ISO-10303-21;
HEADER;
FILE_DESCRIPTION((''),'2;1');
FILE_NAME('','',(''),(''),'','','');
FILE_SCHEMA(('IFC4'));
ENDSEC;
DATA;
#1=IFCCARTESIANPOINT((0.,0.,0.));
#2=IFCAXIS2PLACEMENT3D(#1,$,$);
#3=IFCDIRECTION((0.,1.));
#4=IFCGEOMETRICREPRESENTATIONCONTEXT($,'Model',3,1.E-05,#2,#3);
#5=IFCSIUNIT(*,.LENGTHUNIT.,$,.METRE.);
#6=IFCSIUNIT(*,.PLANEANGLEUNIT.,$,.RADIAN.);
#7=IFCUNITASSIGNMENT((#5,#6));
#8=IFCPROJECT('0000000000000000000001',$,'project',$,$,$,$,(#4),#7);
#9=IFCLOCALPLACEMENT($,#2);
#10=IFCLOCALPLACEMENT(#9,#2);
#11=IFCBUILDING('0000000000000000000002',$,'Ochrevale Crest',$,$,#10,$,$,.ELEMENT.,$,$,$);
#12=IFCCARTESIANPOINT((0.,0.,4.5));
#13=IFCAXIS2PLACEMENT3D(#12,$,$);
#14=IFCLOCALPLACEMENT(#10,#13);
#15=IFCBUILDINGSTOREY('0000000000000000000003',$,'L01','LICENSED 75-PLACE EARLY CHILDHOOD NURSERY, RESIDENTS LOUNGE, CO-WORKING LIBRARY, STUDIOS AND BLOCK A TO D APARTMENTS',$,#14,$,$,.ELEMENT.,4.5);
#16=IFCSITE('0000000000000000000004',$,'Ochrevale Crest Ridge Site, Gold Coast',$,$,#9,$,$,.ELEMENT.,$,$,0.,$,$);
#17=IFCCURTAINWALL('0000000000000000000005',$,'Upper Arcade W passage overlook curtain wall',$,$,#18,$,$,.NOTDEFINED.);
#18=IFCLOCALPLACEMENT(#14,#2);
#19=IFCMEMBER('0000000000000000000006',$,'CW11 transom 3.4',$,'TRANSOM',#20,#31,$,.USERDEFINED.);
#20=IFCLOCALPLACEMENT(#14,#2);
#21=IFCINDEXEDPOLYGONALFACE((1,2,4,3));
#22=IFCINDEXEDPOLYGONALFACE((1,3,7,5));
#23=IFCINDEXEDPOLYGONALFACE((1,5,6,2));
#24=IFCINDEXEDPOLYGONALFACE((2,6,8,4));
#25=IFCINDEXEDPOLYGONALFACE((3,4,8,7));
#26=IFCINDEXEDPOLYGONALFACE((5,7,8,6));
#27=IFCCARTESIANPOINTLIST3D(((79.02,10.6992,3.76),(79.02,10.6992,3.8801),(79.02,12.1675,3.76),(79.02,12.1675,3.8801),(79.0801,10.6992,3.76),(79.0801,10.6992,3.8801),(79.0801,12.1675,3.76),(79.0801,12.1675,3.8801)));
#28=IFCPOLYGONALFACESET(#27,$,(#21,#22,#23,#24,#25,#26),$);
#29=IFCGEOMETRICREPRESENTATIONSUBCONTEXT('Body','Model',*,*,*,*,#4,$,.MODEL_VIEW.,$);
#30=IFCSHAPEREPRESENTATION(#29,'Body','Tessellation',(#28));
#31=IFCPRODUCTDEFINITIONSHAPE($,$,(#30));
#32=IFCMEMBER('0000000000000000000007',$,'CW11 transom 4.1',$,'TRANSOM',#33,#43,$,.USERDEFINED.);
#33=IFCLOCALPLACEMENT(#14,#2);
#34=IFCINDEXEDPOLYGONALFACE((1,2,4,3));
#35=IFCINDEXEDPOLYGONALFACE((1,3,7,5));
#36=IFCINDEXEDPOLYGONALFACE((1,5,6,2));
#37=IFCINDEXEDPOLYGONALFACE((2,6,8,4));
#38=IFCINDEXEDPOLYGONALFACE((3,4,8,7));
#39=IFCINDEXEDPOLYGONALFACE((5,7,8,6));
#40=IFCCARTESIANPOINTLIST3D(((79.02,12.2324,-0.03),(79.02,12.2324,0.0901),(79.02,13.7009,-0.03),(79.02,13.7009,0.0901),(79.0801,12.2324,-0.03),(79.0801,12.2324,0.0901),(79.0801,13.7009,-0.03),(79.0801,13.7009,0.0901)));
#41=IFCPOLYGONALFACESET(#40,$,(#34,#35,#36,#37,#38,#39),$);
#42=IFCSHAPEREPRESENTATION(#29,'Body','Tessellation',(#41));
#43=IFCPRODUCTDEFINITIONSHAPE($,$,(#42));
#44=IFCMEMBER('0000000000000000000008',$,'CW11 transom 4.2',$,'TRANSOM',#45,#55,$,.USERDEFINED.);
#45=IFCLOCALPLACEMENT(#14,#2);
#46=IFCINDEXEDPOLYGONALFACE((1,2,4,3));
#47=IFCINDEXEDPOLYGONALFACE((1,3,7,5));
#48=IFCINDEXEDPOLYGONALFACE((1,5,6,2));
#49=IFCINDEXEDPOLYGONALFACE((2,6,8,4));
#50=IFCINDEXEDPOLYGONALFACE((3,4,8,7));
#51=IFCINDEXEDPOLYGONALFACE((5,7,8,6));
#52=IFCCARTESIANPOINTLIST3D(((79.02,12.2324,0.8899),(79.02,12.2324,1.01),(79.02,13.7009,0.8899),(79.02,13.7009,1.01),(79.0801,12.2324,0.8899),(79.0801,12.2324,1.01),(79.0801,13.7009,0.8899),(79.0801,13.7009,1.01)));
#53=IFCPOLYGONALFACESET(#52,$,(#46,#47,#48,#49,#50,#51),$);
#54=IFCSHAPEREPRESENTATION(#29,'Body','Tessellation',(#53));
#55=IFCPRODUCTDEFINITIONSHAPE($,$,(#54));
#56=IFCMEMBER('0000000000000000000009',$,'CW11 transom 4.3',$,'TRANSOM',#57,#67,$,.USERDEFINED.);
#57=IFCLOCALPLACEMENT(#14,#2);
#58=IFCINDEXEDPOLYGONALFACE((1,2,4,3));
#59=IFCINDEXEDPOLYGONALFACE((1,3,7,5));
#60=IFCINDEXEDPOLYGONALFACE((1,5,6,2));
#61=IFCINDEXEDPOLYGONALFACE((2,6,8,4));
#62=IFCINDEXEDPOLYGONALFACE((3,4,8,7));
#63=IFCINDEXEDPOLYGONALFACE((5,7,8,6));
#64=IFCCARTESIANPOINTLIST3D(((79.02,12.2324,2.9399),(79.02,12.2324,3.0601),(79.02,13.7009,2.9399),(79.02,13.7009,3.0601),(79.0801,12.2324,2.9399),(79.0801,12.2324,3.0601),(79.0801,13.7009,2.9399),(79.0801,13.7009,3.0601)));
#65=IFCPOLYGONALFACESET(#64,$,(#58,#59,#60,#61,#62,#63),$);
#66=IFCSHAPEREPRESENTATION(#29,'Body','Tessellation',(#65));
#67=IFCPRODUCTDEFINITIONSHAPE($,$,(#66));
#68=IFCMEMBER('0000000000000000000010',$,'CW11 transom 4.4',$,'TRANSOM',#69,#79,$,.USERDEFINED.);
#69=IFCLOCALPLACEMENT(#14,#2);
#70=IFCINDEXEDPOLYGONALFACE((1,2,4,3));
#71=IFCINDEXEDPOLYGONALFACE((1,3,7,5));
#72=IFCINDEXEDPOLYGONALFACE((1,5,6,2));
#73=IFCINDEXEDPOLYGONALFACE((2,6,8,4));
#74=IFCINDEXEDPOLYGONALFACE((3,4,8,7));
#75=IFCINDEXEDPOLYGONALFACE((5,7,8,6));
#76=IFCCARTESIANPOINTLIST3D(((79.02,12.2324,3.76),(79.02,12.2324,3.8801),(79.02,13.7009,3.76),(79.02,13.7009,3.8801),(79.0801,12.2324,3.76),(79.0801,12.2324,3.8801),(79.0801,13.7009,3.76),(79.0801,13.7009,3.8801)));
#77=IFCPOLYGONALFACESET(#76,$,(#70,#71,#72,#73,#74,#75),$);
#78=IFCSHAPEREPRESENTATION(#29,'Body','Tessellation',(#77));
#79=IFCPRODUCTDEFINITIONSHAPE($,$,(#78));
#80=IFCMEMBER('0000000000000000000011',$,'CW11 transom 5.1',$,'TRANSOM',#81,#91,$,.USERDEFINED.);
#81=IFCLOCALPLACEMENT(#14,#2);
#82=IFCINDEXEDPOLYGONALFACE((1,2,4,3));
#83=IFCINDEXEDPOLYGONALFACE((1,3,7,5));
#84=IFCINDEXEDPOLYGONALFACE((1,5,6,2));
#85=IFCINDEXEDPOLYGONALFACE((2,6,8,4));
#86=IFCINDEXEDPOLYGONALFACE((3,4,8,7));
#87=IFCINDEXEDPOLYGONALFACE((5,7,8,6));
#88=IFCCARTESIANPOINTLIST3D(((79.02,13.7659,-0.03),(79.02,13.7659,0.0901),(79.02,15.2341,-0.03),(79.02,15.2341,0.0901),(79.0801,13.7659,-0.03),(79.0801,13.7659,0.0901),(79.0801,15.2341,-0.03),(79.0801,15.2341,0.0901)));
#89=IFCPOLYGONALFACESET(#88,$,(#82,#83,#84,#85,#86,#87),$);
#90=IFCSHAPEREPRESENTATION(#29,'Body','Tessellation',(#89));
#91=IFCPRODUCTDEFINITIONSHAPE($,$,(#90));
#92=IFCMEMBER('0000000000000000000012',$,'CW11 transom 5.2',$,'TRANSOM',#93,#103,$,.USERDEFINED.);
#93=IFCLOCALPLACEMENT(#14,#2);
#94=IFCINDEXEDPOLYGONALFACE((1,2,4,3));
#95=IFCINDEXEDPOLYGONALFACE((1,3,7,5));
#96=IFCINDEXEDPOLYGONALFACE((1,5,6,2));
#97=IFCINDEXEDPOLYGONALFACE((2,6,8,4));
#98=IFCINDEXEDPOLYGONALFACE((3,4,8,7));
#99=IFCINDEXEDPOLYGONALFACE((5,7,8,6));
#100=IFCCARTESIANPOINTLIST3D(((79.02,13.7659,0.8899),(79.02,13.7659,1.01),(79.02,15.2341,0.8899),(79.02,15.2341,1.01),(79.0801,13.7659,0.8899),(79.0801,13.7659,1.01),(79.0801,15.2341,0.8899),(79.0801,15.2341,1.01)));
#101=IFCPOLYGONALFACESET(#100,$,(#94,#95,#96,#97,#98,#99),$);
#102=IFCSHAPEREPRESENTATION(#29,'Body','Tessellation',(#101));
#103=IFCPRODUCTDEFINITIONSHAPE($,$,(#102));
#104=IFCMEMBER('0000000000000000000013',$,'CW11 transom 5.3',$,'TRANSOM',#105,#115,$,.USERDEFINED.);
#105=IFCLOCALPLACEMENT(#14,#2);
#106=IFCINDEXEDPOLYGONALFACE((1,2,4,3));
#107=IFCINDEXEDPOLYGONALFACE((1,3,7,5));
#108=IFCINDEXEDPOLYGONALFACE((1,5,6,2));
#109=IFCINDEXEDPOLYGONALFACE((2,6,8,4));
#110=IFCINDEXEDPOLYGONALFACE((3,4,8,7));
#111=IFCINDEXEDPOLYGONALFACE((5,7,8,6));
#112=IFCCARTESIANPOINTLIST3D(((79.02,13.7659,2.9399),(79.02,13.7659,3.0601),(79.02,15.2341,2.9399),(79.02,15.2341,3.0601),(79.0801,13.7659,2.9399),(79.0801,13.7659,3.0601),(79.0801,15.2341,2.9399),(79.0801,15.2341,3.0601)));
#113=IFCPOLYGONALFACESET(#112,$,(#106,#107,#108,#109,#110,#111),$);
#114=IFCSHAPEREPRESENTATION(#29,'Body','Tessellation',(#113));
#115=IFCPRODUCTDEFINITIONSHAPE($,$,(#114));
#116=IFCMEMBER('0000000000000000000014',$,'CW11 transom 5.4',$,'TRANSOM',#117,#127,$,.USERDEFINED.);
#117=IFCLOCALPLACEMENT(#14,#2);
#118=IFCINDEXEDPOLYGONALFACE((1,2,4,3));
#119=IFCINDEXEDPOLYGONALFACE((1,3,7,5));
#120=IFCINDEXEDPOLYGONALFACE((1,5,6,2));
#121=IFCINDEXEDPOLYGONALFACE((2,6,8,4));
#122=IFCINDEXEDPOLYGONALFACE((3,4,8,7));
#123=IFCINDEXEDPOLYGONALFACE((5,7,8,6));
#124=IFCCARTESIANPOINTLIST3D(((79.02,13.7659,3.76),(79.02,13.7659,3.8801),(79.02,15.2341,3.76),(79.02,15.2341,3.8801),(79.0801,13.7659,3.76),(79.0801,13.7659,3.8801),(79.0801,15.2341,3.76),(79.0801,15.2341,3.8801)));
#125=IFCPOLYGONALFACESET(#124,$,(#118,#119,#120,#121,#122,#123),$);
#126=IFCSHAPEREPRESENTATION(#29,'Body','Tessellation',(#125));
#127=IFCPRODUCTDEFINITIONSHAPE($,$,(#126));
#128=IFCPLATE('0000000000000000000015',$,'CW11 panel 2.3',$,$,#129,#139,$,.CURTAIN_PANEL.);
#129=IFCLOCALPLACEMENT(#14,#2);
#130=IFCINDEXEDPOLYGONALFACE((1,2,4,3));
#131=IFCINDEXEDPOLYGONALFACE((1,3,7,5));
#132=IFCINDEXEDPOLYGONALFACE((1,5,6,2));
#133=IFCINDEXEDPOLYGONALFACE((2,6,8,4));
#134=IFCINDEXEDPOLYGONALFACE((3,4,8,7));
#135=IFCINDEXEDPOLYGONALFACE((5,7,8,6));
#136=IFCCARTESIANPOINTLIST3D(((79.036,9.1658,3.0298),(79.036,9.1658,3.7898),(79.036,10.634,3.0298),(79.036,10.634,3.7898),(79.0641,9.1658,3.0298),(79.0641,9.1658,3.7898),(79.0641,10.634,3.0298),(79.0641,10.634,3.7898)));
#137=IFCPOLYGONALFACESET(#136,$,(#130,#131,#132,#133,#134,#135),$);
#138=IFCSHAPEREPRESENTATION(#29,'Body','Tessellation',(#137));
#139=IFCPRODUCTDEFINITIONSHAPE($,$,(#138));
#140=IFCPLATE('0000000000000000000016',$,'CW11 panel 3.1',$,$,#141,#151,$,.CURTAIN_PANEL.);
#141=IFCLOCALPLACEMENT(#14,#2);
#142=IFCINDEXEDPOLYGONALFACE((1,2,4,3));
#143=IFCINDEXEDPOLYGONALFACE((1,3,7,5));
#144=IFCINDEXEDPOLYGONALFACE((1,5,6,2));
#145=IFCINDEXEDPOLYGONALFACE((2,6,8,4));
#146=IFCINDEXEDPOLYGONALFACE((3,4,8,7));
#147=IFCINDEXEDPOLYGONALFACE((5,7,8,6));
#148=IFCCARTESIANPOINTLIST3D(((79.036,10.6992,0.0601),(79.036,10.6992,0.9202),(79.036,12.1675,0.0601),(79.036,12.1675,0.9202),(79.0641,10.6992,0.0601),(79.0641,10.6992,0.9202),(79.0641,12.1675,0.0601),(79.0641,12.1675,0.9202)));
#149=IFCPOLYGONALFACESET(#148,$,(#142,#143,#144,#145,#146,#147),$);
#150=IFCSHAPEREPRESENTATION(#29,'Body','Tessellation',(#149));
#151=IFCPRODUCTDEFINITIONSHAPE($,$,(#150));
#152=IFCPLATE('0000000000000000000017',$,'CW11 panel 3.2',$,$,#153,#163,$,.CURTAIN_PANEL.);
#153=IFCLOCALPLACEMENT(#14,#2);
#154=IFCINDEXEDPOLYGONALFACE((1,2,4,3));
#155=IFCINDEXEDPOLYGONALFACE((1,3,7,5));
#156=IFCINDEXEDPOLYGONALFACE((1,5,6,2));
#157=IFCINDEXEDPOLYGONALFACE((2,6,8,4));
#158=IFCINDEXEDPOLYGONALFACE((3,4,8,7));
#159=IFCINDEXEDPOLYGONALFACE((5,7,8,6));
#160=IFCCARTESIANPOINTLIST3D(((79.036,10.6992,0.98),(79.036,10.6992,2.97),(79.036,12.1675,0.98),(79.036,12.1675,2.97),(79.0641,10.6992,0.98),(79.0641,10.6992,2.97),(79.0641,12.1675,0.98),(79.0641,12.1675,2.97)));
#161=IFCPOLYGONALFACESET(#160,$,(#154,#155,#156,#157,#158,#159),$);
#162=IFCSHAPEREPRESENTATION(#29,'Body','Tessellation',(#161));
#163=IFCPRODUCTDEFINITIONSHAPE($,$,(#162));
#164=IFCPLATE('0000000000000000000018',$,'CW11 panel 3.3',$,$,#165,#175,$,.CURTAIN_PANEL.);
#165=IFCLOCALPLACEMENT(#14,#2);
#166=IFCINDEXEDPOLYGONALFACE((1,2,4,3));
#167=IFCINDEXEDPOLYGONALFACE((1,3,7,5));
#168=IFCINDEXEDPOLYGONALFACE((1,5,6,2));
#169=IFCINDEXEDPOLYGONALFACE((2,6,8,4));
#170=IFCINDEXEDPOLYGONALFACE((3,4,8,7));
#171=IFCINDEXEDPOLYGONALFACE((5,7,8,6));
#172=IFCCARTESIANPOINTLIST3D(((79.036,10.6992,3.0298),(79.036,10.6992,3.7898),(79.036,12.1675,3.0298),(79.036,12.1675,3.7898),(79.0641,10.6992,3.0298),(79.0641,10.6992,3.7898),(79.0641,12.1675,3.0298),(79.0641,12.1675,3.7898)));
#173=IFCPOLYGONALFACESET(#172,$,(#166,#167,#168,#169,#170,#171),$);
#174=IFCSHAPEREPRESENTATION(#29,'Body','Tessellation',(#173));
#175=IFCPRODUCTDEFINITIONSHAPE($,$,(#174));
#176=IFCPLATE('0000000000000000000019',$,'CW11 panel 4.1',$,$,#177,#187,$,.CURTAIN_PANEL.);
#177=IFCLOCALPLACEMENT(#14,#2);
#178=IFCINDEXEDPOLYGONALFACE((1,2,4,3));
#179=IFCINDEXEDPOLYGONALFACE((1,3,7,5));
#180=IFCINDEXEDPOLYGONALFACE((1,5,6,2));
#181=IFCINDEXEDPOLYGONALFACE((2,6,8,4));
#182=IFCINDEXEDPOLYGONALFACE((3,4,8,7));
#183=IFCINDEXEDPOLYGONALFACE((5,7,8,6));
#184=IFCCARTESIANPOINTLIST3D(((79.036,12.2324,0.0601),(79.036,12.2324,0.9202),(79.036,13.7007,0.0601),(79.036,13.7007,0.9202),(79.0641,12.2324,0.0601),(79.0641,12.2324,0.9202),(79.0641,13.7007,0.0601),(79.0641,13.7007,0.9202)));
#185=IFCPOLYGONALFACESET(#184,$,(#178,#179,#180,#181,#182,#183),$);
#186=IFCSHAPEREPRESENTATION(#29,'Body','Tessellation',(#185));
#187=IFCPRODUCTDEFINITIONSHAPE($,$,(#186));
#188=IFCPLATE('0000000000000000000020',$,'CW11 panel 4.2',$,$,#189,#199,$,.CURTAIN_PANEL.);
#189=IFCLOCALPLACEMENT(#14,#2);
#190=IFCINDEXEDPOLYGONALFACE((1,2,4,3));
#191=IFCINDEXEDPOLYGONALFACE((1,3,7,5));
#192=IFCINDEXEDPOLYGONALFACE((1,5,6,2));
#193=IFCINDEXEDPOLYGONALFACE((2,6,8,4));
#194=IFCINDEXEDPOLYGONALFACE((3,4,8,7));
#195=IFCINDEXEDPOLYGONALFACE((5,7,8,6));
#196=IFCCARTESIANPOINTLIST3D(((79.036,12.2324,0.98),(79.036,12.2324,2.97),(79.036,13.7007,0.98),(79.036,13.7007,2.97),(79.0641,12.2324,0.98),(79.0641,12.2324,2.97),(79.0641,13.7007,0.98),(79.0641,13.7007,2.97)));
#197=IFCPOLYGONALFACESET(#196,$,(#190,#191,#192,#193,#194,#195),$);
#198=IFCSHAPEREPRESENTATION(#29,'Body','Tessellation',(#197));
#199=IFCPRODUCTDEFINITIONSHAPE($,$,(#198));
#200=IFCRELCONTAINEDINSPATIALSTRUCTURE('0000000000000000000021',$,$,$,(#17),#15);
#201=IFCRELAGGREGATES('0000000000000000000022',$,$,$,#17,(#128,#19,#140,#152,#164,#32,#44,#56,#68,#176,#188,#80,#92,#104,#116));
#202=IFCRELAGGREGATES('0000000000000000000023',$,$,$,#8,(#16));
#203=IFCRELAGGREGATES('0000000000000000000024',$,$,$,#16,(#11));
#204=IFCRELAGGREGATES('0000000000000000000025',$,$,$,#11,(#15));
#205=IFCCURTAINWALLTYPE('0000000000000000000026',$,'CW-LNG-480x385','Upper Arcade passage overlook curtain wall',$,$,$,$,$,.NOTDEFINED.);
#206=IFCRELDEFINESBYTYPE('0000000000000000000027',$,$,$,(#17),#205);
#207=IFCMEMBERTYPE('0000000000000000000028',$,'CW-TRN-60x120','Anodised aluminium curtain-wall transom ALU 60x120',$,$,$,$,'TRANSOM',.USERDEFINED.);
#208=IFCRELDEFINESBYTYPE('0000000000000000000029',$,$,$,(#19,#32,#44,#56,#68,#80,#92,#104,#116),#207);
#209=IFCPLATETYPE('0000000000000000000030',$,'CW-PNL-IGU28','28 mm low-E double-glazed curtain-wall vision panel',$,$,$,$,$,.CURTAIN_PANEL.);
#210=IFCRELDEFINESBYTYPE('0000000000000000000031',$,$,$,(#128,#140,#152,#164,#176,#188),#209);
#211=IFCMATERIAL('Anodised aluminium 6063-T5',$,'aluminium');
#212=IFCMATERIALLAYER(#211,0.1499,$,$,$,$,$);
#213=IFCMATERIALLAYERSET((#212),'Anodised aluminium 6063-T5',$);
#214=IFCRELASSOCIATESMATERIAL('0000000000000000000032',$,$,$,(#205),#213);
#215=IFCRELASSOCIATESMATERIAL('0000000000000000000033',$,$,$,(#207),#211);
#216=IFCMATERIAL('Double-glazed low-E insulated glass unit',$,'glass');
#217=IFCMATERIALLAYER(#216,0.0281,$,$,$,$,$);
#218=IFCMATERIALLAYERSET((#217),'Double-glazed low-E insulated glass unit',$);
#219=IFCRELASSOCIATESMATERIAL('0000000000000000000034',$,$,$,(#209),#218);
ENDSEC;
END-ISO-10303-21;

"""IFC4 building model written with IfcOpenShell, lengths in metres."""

from ifc_helpers import new_model, si_unit, direction, frame, origin, origin_2d, place, context, subcontext, project, spatial, rectangle, extrude, material, layer, layer_set, material_profile, profile_set, type_object, element, aggregate, save


model = new_model("IFC4")

# Units and contexts
model_context = context("Model", 3, precision=1e-05, world=origin(), true_north=direction((0.0, 1.0)))
body_context = subcontext(model_context, "Body", "Model", "MODEL_VIEW")
ifc_project = project(units=[si_unit("LENGTHUNIT", "METRE"), si_unit("PLANEANGLEUNIT", "RADIAN")], contexts=[model_context])

# Site, building, storey
site_placement = place(None, origin())
site = spatial("IfcSite", under=ifc_project, at=site_placement, Name="Ochrevale Crest Ridge Site, Gold Coast", CompositionType="ELEMENT", RefElevation=0.0)
building_placement = place(site_placement, origin())
building = spatial("IfcBuilding", under=site, at=building_placement, Name="Ochrevale Crest", CompositionType="ELEMENT")
storey_placement = place(building_placement, frame((0.0, 0.0, 4.5)))
storey = spatial("IfcBuildingStorey", under=building, at=storey_placement, Name="L01", Description="LICENSED 75-PLACE EARLY CHILDHOOD NURSERY, RESIDENTS LOUNGE, CO-WORKING LIBRARY, STUDIOS AND BLOCK A TO D APARTMENTS", CompositionType="ELEMENT", Elevation=4.5)

# Curtain wall, members, plates
ifc_material_1 = material(Name="Anodised aluminium 6063-T5", Category="aluminium")
ifc_layer_1 = layer(ifc_material_1, 0.1499)
ifc_layer_set_1 = layer_set([ifc_layer_1], Name="Anodised aluminium 6063-T5")
curtain_wall_type = type_object("IfcCurtainWallType", Name="CW-LNG-480x385", Description="Upper Arcade passage overlook curtain wall", PredefinedType="NOTDEFINED", material=ifc_layer_set_1)
curtain_wall_placement = place(storey_placement, origin())
curtain_wall = element("IfcCurtainWall", 1, at=curtain_wall_placement, inside=storey, type_object=curtain_wall_type, Name="Upper Arcade W passage overlook curtain wall", PredefinedType="NOTDEFINED")
ifc_material_profile_1 = material_profile(ifc_material_1, rectangle(XDim=0.0601, YDim=0.1201, at=origin_2d()), Name="ALU 60x120")
ifc_profile_set_1 = profile_set([ifc_material_profile_1], Name="Anodised aluminium 6063-T5")
member_type_1 = type_object("IfcMemberType", Name="CW-TRN-60x120", Description="Anodised aluminium curtain-wall transom ALU 60x120", ElementType="TRANSOM", PredefinedType="USERDEFINED", material=ifc_profile_set_1)
member_1_placement = place(storey_placement, frame((79.05, 10.6992, 3.8201), z_axis=(0.0, 1.0, 0.0), x_axis=(-1.0, 0.0, 0.0)))
member_1 = element("IfcMember", 2, at=member_1_placement, type_object=member_type_1, Name="CW11 transom 3.4", ObjectType="TRANSOM", PredefinedType="USERDEFINED", context=body_context, shape_type="SweptSolid", body=[
    extrude(rectangle(XDim=0.0601, YDim=0.1201, at=origin_2d()), origin(), (0.0, 0.0, 1.0), 1.4683),
])
member_2_placement = place(storey_placement, frame((79.05, 12.2324, 0.03), z_axis=(0.0, 1.0, 0.0), x_axis=(-1.0, 0.0, 0.0)))
member_2 = element("IfcMember", 3, at=member_2_placement, type_object=member_type_1, Name="CW11 transom 4.1", ObjectType="TRANSOM", PredefinedType="USERDEFINED", context=body_context, shape_type="SweptSolid", body=[
    extrude(rectangle(XDim=0.0601, YDim=0.1201, at=origin_2d()), origin(), (0.0, 0.0, 1.0), 1.4685),
])
member_3_placement = place(storey_placement, frame((79.05, 12.2324, 0.95), z_axis=(0.0, 1.0, 0.0), x_axis=(-1.0, 0.0, 0.0)))
member_3 = element("IfcMember", 4, at=member_3_placement, type_object=member_type_1, Name="CW11 transom 4.2", ObjectType="TRANSOM", PredefinedType="USERDEFINED", context=body_context, shape_type="SweptSolid", body=[
    extrude(rectangle(XDim=0.0601, YDim=0.1201, at=origin_2d()), origin(), (0.0, 0.0, 1.0), 1.4685),
])
member_4_placement = place(storey_placement, frame((79.05, 12.2324, 3.0), z_axis=(0.0, 1.0, 0.0), x_axis=(-1.0, 0.0, 0.0)))
member_4 = element("IfcMember", 5, at=member_4_placement, type_object=member_type_1, Name="CW11 transom 4.3", ObjectType="TRANSOM", PredefinedType="USERDEFINED", context=body_context, shape_type="SweptSolid", body=[
    extrude(rectangle(XDim=0.0601, YDim=0.1201, at=origin_2d()), origin(), (0.0, 0.0, 1.0), 1.4685),
])
member_5_placement = place(storey_placement, frame((79.05, 12.2324, 3.8201), z_axis=(0.0, 1.0, 0.0), x_axis=(-1.0, 0.0, 0.0)))
member_5 = element("IfcMember", 6, at=member_5_placement, type_object=member_type_1, Name="CW11 transom 4.4", ObjectType="TRANSOM", PredefinedType="USERDEFINED", context=body_context, shape_type="SweptSolid", body=[
    extrude(rectangle(XDim=0.0601, YDim=0.1201, at=origin_2d()), origin(), (0.0, 0.0, 1.0), 1.4685),
])
member_6_placement = place(storey_placement, frame((79.05, 13.7659, 0.03), z_axis=(0.0, 1.0, 0.0), x_axis=(-1.0, 0.0, 0.0)))
member_6 = element("IfcMember", 7, at=member_6_placement, type_object=member_type_1, Name="CW11 transom 5.1", ObjectType="TRANSOM", PredefinedType="USERDEFINED", context=body_context, shape_type="SweptSolid", body=[
    extrude(rectangle(XDim=0.0601, YDim=0.1201, at=origin_2d()), origin(), (0.0, 0.0, 1.0), 1.4683),
])
member_7_placement = place(storey_placement, frame((79.05, 13.7659, 0.95), z_axis=(0.0, 1.0, 0.0), x_axis=(-1.0, 0.0, 0.0)))
member_7 = element("IfcMember", 8, at=member_7_placement, type_object=member_type_1, Name="CW11 transom 5.2", ObjectType="TRANSOM", PredefinedType="USERDEFINED", context=body_context, shape_type="SweptSolid", body=[
    extrude(rectangle(XDim=0.0601, YDim=0.1201, at=origin_2d()), origin(), (0.0, 0.0, 1.0), 1.4683),
])
member_8_placement = place(storey_placement, frame((79.05, 13.7659, 3.0), z_axis=(0.0, 1.0, 0.0), x_axis=(-1.0, 0.0, 0.0)))
member_8 = element("IfcMember", 9, at=member_8_placement, type_object=member_type_1, Name="CW11 transom 5.3", ObjectType="TRANSOM", PredefinedType="USERDEFINED", context=body_context, shape_type="SweptSolid", body=[
    extrude(rectangle(XDim=0.0601, YDim=0.1201, at=origin_2d()), origin(), (0.0, 0.0, 1.0), 1.4683),
])
member_9_placement = place(storey_placement, frame((79.05, 13.7659, 3.8201), z_axis=(0.0, 1.0, 0.0), x_axis=(-1.0, 0.0, 0.0)))
member_9 = element("IfcMember", 10, at=member_9_placement, type_object=member_type_1, Name="CW11 transom 5.4", ObjectType="TRANSOM", PredefinedType="USERDEFINED", context=body_context, shape_type="SweptSolid", body=[
    extrude(rectangle(XDim=0.0601, YDim=0.1201, at=origin_2d()), origin(), (0.0, 0.0, 1.0), 1.4683),
])
ifc_material_2 = material(Name="Double-glazed low-E insulated glass unit", Category="glass")
ifc_layer_2 = layer(ifc_material_2, 0.0281)
ifc_layer_set_2 = layer_set([ifc_layer_2], Name="Double-glazed low-E insulated glass unit")
plate_type = type_object("IfcPlateType", Name="CW-PNL-IGU28", Description="28 mm low-E double-glazed curtain-wall vision panel", PredefinedType="CURTAIN_PANEL", material=ifc_layer_set_2)
plate_1_placement = place(storey_placement, frame((79.05, 9.8999, 3.0298), z_axis=(0.0, 0.0, 1.0), x_axis=(0.0, 1.0, 0.0)))
plate_1 = element("IfcPlate", 11, at=plate_1_placement, type_object=plate_type, Name="CW11 panel 2.3", PredefinedType="CURTAIN_PANEL", context=body_context, shape_type="SweptSolid", body=[
    extrude(rectangle(XDim=1.4683, YDim=0.0281, at=origin_2d()), origin(), (0.0, 0.0, 1.0), 0.76),
])
plate_2_placement = place(storey_placement, frame((79.05, 11.4333, 0.0601), z_axis=(0.0, 0.0, 1.0), x_axis=(0.0, 1.0, 0.0)))
plate_2 = element("IfcPlate", 12, at=plate_2_placement, type_object=plate_type, Name="CW11 panel 3.1", PredefinedType="CURTAIN_PANEL", context=body_context, shape_type="SweptSolid", body=[
    extrude(rectangle(XDim=1.4683, YDim=0.0281, at=origin_2d()), origin(), (0.0, 0.0, 1.0), 0.8601),
])
plate_3_placement = place(storey_placement, frame((79.05, 11.4333, 0.98), z_axis=(0.0, 0.0, 1.0), x_axis=(0.0, 1.0, 0.0)))
plate_3 = element("IfcPlate", 13, at=plate_3_placement, type_object=plate_type, Name="CW11 panel 3.2", PredefinedType="CURTAIN_PANEL", context=body_context, shape_type="SweptSolid", body=[
    extrude(rectangle(XDim=1.4683, YDim=0.0281, at=origin_2d()), origin(), (0.0, 0.0, 1.0), 1.99),
])
plate_4_placement = place(storey_placement, frame((79.05, 11.4333, 3.0298), z_axis=(0.0, 0.0, 1.0), x_axis=(0.0, 1.0, 0.0)))
plate_4 = element("IfcPlate", 14, at=plate_4_placement, type_object=plate_type, Name="CW11 panel 3.3", PredefinedType="CURTAIN_PANEL", context=body_context, shape_type="SweptSolid", body=[
    extrude(rectangle(XDim=1.4683, YDim=0.0281, at=origin_2d()), origin(), (0.0, 0.0, 1.0), 0.76),
])
plate_5_placement = place(storey_placement, frame((79.05, 12.9666, 0.0601), z_axis=(0.0, 0.0, 1.0), x_axis=(0.0, 1.0, 0.0)))
plate_5 = element("IfcPlate", 15, at=plate_5_placement, type_object=plate_type, Name="CW11 panel 4.1", PredefinedType="CURTAIN_PANEL", context=body_context, shape_type="SweptSolid", body=[
    extrude(rectangle(XDim=1.4683, YDim=0.0281, at=origin_2d()), origin(), (0.0, 0.0, 1.0), 0.8601),
])
plate_6_placement = place(storey_placement, frame((79.05, 12.9666, 0.98), z_axis=(0.0, 0.0, 1.0), x_axis=(0.0, 1.0, 0.0)))
plate_6 = element("IfcPlate", 16, at=plate_6_placement, type_object=plate_type, Name="CW11 panel 4.2", PredefinedType="CURTAIN_PANEL", context=body_context, shape_type="SweptSolid", body=[
    extrude(rectangle(XDim=1.4683, YDim=0.0281, at=origin_2d()), origin(), (0.0, 0.0, 1.0), 1.99),
])
aggregate(curtain_wall, [plate_1, member_1, plate_2, plate_3, plate_4, member_2, member_3, member_4, member_5, plate_5, plate_6, member_6, member_7, member_8, member_9])

save(model, "model.ifc")
